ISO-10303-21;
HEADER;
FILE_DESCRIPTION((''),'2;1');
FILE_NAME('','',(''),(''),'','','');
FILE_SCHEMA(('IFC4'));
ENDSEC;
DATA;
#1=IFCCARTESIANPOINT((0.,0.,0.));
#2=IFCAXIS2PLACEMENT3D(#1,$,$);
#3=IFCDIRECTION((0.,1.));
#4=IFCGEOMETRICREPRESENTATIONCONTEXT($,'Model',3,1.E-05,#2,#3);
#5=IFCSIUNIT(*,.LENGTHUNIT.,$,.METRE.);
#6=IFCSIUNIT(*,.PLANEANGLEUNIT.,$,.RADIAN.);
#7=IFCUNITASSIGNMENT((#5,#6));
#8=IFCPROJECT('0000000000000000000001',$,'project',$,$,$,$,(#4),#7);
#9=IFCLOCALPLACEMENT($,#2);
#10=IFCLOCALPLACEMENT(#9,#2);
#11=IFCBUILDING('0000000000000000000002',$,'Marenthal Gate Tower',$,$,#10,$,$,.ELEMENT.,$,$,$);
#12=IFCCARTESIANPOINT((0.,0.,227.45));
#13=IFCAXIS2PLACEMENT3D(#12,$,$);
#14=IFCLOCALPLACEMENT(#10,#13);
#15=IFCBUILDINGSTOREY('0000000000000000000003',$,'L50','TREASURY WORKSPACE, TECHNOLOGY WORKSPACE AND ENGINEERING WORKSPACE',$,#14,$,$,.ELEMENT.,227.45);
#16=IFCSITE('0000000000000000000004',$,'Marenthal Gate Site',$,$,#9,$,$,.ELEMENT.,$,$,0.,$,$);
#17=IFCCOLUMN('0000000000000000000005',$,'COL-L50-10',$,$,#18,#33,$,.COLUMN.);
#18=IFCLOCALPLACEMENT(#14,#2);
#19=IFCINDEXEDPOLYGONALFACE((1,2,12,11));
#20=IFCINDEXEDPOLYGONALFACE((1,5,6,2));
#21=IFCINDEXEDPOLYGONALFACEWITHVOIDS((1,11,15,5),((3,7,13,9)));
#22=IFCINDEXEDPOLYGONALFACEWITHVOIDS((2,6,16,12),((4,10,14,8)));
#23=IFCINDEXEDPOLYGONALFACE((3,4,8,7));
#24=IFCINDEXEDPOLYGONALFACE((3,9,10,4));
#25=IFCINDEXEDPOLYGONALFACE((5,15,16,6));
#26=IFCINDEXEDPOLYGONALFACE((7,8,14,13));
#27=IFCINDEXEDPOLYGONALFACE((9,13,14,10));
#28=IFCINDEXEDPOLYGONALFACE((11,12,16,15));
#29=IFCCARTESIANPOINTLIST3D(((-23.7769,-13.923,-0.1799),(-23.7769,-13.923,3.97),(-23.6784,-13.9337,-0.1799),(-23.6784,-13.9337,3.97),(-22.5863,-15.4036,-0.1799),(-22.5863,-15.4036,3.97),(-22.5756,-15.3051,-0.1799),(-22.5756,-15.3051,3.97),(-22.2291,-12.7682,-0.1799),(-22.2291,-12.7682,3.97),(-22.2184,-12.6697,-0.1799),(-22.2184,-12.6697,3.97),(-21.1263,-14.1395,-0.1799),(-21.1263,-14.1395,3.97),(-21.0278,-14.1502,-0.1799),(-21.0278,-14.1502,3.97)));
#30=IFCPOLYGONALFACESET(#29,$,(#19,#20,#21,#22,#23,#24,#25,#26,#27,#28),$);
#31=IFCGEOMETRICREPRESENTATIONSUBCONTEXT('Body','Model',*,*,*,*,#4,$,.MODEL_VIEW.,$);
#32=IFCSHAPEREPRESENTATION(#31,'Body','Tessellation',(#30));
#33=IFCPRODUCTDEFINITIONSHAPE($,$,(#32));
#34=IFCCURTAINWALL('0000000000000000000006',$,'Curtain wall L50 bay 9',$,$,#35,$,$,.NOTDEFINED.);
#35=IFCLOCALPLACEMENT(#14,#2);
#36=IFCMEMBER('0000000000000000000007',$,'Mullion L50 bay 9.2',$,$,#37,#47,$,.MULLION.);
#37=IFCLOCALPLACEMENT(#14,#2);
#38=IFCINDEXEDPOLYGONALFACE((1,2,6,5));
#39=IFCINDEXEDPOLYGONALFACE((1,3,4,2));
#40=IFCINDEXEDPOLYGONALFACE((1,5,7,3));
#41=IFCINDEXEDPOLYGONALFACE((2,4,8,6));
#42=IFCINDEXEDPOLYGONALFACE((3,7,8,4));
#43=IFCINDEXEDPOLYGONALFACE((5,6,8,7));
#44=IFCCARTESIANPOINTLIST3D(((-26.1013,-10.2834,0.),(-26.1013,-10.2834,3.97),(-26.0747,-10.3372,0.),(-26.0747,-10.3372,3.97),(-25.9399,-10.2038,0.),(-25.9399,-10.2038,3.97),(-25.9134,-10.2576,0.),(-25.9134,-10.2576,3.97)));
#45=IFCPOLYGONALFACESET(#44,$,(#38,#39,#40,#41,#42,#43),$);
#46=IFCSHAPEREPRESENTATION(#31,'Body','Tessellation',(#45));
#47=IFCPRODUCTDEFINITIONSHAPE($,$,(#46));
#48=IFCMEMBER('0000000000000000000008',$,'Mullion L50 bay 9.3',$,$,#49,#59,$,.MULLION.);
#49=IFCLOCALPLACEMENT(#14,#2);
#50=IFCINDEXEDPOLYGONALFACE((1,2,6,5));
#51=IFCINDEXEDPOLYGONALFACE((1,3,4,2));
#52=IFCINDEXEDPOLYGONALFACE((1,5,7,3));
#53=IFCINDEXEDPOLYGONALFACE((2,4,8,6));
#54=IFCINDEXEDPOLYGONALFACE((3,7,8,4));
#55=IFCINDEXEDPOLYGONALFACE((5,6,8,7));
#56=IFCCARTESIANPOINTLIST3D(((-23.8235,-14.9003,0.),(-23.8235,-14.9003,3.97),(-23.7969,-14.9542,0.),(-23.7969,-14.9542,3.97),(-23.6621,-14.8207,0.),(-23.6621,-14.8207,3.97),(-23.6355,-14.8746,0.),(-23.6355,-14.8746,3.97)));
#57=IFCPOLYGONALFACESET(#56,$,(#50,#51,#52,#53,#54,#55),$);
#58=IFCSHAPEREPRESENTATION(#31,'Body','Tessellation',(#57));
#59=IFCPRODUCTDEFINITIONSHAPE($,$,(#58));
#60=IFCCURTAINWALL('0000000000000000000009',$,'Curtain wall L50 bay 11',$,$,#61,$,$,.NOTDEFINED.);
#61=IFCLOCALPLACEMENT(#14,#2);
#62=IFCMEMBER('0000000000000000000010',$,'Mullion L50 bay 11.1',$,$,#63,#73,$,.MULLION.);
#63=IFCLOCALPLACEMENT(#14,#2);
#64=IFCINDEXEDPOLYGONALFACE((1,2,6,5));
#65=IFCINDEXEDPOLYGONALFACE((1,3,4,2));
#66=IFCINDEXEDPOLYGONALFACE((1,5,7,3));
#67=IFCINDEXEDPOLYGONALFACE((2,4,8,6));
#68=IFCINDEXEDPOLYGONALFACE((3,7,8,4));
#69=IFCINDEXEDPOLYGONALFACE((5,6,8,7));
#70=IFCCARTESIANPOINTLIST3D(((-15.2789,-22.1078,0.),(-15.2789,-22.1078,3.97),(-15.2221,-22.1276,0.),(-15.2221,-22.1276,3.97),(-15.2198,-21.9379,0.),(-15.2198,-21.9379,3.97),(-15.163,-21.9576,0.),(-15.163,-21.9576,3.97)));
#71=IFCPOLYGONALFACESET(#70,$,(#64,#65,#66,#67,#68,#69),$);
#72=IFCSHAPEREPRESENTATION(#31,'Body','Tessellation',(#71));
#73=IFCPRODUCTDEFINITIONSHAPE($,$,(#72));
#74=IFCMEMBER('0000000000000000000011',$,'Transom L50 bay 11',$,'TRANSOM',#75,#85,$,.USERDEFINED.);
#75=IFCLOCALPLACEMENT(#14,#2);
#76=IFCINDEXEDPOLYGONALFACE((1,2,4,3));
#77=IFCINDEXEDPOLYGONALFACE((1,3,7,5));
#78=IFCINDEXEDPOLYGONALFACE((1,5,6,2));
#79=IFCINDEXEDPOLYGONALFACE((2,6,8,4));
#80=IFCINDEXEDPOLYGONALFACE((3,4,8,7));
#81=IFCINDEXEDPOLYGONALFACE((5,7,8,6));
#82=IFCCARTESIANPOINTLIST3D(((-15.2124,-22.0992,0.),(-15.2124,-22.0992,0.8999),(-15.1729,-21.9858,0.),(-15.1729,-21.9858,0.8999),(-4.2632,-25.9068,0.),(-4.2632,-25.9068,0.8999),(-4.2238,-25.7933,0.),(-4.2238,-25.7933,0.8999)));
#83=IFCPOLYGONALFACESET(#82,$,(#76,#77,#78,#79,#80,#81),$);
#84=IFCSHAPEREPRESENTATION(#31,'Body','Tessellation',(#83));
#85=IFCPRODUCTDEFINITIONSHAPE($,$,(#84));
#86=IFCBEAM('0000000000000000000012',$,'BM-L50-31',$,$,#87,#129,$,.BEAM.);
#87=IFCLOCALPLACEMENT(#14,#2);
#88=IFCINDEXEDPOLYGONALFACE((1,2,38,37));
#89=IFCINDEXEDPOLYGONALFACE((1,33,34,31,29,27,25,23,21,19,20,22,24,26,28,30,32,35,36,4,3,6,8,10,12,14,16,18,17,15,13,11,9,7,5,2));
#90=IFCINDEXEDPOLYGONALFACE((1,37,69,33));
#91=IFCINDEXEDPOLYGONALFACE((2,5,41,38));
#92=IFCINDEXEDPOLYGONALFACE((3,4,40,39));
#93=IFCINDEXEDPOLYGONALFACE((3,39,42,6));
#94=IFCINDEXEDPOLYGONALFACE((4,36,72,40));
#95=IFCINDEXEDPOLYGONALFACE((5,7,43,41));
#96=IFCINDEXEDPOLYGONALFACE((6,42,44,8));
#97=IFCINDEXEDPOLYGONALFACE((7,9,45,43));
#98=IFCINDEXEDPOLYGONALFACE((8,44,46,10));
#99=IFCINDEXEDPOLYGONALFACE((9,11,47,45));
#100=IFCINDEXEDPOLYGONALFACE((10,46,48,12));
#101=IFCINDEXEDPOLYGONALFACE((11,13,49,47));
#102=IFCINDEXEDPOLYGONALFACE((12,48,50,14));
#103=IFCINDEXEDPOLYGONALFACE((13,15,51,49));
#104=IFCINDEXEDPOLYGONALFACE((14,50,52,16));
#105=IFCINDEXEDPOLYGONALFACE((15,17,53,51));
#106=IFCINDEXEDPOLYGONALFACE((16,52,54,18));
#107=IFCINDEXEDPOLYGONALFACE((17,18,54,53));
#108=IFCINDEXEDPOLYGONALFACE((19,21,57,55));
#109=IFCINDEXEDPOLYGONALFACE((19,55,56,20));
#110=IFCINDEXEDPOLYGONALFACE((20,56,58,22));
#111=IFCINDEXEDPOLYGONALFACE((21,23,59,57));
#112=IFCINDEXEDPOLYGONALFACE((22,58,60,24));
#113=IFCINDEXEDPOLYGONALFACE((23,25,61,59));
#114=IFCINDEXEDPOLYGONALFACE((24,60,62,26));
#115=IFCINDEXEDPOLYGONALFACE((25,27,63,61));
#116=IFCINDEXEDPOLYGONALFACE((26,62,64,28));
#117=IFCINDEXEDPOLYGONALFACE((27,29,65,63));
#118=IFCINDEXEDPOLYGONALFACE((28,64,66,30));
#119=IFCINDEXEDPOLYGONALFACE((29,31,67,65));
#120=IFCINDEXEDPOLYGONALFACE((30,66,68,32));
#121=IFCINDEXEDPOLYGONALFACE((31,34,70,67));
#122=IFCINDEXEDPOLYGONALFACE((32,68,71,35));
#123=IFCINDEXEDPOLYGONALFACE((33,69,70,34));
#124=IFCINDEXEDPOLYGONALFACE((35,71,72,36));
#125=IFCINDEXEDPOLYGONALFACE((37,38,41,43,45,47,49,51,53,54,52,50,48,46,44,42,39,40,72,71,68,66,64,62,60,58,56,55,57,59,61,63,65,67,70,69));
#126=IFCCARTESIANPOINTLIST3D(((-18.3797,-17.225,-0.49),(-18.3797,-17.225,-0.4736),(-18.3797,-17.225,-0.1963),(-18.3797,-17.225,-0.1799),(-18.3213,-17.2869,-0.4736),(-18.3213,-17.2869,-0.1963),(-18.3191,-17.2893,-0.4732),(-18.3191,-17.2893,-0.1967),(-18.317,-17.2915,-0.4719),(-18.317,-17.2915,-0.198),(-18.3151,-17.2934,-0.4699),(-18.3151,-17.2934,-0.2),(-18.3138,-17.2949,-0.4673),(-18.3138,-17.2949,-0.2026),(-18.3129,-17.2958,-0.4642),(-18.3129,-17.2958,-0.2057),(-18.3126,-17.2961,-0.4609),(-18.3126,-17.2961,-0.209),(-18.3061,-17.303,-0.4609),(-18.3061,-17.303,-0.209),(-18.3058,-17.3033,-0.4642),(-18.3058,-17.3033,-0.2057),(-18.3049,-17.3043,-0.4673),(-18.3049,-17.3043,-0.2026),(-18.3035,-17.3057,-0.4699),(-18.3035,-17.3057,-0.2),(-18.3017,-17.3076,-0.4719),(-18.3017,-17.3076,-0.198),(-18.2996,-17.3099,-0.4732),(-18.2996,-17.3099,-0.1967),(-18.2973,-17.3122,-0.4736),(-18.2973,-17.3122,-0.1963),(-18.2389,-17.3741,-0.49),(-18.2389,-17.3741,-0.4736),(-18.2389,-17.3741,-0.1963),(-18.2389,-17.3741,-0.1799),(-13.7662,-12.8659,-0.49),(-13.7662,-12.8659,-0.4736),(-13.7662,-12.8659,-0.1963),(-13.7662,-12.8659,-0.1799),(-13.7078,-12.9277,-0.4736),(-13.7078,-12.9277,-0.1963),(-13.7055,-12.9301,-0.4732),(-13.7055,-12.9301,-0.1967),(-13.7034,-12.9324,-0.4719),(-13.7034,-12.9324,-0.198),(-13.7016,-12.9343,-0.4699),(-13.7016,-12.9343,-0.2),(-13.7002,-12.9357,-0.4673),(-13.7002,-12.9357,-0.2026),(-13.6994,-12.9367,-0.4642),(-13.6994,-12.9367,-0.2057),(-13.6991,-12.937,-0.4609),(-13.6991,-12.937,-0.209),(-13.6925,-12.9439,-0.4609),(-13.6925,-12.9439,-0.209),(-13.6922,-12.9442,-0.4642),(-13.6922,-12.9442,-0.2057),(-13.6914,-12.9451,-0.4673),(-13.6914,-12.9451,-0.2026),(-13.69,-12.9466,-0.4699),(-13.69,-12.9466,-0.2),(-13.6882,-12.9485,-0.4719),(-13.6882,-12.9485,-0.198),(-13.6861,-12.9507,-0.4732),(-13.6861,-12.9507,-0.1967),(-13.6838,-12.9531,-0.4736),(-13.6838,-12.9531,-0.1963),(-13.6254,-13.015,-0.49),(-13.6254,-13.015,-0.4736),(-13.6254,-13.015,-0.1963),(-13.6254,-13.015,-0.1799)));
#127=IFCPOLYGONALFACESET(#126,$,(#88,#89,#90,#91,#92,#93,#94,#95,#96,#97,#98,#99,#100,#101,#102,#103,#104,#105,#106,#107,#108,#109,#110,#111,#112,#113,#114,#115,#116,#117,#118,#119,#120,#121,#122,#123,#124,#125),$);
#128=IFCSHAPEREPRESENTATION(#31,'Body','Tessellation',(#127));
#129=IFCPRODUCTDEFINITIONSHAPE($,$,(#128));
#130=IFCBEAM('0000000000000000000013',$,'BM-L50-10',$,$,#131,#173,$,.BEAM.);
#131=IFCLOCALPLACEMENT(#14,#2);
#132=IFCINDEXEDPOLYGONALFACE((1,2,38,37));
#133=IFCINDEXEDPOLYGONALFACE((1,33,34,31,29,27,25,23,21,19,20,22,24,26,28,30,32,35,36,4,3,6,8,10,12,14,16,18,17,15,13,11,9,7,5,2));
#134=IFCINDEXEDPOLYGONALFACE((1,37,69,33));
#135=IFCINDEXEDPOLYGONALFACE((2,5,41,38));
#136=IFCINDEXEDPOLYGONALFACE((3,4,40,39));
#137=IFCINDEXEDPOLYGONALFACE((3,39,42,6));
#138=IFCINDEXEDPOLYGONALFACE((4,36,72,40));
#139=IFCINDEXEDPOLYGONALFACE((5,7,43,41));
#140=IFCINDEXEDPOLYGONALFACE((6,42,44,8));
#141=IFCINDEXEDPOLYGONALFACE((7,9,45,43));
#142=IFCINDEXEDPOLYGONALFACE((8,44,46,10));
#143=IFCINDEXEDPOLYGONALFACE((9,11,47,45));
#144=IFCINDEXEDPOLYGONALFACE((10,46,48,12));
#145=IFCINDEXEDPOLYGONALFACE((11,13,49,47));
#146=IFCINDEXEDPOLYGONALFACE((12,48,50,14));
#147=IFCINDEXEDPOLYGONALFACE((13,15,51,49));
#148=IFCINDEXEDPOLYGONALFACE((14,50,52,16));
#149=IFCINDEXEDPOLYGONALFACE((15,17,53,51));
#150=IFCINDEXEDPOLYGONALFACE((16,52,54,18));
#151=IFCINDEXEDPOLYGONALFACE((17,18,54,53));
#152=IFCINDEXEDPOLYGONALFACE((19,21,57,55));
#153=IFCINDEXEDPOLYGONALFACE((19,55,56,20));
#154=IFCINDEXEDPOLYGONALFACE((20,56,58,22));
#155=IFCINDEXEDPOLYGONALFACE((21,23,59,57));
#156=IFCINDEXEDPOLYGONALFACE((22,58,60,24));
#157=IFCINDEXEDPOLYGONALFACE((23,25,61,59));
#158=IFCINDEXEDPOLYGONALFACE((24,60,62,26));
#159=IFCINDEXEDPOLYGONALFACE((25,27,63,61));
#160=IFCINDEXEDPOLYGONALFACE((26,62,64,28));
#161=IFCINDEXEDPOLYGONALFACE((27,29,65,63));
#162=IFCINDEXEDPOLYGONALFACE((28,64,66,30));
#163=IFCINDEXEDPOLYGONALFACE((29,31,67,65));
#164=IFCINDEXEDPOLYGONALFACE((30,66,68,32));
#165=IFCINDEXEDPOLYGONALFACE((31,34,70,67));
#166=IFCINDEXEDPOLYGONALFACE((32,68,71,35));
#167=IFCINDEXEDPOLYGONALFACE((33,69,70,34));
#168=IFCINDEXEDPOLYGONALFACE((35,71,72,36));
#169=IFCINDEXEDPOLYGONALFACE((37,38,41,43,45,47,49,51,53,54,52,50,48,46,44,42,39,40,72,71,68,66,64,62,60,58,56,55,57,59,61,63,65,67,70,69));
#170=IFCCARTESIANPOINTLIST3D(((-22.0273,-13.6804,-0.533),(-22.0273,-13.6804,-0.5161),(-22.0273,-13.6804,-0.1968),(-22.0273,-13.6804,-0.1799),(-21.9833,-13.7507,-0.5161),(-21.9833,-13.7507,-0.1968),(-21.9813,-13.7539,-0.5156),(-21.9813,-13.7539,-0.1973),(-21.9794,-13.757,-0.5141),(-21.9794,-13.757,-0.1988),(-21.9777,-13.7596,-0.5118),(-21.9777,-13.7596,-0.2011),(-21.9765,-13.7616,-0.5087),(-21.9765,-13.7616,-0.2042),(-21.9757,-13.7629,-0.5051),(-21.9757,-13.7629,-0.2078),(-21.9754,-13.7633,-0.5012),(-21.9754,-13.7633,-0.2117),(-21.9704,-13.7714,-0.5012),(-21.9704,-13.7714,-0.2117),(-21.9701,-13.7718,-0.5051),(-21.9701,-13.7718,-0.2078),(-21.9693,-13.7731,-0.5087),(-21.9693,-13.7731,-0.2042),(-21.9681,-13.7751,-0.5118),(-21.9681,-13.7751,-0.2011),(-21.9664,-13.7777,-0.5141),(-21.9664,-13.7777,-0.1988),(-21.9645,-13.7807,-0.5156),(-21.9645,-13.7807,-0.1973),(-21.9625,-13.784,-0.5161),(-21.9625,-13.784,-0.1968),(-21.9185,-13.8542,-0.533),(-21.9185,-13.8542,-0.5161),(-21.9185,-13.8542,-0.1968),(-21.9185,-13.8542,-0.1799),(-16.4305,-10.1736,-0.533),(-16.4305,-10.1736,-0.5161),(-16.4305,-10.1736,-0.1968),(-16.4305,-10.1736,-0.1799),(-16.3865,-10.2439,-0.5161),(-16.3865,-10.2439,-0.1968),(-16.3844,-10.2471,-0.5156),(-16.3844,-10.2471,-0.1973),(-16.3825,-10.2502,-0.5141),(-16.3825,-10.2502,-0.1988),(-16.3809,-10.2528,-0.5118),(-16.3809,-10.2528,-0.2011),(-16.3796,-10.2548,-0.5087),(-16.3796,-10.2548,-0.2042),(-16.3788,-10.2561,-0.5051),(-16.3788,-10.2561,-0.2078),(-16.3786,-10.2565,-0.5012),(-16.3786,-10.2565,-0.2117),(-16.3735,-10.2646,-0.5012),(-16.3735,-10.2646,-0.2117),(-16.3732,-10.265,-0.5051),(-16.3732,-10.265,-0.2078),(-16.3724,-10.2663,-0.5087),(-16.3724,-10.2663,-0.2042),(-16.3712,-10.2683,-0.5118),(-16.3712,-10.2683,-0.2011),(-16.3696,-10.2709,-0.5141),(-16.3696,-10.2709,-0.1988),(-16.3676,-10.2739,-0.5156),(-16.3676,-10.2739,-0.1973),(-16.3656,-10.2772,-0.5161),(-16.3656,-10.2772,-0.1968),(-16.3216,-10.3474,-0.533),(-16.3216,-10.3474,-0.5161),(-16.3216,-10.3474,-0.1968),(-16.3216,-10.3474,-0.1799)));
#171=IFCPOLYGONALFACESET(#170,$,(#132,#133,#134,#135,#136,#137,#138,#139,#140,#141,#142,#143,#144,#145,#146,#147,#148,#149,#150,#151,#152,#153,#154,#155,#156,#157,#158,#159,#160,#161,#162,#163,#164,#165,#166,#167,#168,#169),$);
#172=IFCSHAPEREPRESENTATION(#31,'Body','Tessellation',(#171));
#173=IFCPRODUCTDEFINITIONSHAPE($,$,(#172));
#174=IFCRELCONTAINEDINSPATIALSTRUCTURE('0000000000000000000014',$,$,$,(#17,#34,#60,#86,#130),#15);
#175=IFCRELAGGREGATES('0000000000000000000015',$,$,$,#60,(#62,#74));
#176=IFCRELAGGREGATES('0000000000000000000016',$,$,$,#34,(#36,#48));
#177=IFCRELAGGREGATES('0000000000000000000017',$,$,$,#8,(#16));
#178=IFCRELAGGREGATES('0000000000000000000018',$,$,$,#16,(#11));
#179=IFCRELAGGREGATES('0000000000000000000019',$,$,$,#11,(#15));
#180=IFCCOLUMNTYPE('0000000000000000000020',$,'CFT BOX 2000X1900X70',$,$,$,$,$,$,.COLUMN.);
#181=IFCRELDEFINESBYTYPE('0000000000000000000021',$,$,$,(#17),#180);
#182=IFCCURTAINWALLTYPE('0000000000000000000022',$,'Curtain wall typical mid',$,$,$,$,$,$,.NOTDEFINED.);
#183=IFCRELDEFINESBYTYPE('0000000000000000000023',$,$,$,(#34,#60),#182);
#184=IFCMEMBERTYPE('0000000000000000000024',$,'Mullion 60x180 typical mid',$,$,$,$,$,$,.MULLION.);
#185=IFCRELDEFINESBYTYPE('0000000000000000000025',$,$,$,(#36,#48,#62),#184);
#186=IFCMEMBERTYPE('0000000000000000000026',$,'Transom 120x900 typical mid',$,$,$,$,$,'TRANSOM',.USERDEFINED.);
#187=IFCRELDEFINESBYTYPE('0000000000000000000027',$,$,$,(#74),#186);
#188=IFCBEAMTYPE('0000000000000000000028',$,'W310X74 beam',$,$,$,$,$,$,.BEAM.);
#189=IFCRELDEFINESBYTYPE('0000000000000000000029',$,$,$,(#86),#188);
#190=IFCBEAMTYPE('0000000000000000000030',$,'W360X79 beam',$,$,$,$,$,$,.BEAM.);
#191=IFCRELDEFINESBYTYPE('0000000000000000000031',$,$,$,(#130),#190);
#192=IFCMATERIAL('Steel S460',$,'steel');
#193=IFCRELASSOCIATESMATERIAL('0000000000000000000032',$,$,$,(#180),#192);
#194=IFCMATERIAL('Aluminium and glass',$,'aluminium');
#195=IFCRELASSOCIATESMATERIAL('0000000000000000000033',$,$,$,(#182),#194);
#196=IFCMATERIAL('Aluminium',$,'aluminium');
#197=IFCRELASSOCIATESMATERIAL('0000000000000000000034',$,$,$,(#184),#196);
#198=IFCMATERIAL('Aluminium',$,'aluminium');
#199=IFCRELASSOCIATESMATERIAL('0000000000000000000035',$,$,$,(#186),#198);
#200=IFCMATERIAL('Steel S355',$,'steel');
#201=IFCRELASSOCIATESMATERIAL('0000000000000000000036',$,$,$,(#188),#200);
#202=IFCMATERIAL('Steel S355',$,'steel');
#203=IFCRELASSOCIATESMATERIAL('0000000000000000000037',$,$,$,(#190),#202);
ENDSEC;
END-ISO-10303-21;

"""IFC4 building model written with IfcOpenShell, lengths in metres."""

from ifc_helpers import new_model, si_unit, direction, frame, origin, origin_2d, place, context, subcontext, project, spatial, rectangle, hollow_rectangle, i_section, extrude, material, material_profile, profile_set, type_object, element, aggregate, save


model = new_model("IFC4")

# Units and contexts
model_context = context("Model", 3, precision=1e-05, world=origin(), true_north=direction((0.0, 1.0)))
body_context = subcontext(model_context, "Body", "Model", "MODEL_VIEW")
ifc_project = project(units=[si_unit("LENGTHUNIT", "METRE"), si_unit("PLANEANGLEUNIT", "RADIAN")], contexts=[model_context])

# Site, building, storey
site_placement = place(None, origin())
site = spatial("IfcSite", under=ifc_project, at=site_placement, Name="Marenthal Gate Site", CompositionType="ELEMENT", RefElevation=0.0)
building_placement = place(site_placement, origin())
building = spatial("IfcBuilding", under=site, at=building_placement, Name="Marenthal Gate Tower", CompositionType="ELEMENT")
storey_placement = place(building_placement, frame((0.0, 0.0, 227.45)))
storey = spatial("IfcBuildingStorey", under=building, at=storey_placement, Name="L50", Description="TREASURY WORKSPACE, TECHNOLOGY WORKSPACE AND ENGINEERING WORKSPACE", CompositionType="ELEMENT", Elevation=227.45)

# Column
ifc_material_1 = material(Name="Steel S460", Category="steel")
ifc_material_profile_1 = material_profile(ifc_material_1, hollow_rectangle(XDim=1.8999, YDim=2.0, WallThickness=0.0701, at=origin_2d()), Name="CFT BOX 2000X1900X70")
ifc_material_2 = material(Name="Concrete 70 MPa", Category="concrete")
ifc_material_profile_2 = material_profile(ifc_material_2, rectangle(XDim=1.76, YDim=1.8601, at=origin_2d()), Name="CFT BOX 2000X1900X70 INFILL")
ifc_profile_set_1 = profile_set([ifc_material_profile_1, ifc_material_profile_2], Name="Steel S460 shell, Concrete 70 MPa infill")
column_type = type_object("IfcColumnType", Name="CFT BOX 2000X1900X70", PredefinedType="COLUMN", material=ifc_profile_set_1)
column_placement = place(storey_placement, frame((-22.4023, -14.0366, -0.1799), z_axis=(0.0, 0.0, 1.0), x_axis=(-0.626684, 0.779273, 0.0)))
element("IfcColumn", 1, at=column_placement, inside=storey, type_object=column_type, Name="COL-L50-10", PredefinedType="COLUMN", context=body_context, shape_type="SweptSolid", body=[
    extrude(hollow_rectangle(XDim=1.8999, YDim=2.0, WallThickness=0.0701, at=origin_2d()), origin(), (0.0, 0.0, 1.0), 4.1499),
])

# Curtain walls, members
ifc_material_3 = material(Name="Aluminium and glass", Category="aluminium")
curtain_wall_type = type_object("IfcCurtainWallType", Name="Curtain wall typical mid", PredefinedType="NOTDEFINED", material=ifc_material_3)
curtain_wall_1_placement = place(storey_placement, origin())
curtain_wall_1 = element("IfcCurtainWall", 2, at=curtain_wall_1_placement, inside=storey, type_object=curtain_wall_type, Name="Curtain wall L50 bay 9", PredefinedType="NOTDEFINED")
ifc_material_4 = material(Name="Aluminium", Category="aluminium")
ifc_material_profile_3 = material_profile(ifc_material_4, rectangle(XDim=0.1799, YDim=0.0601, at=origin_2d()), Name="60x180 aluminium mullion")
ifc_profile_set_2 = profile_set([ifc_material_profile_3], Name="Aluminium")
member_type_1 = type_object("IfcMemberType", Name="Mullion 60x180 typical mid", PredefinedType="MULLION", material=ifc_profile_set_2)
member_1_placement = place(storey_placement, frame((-26.0073, -10.2705, 0.0), z_axis=(0.0, 0.0, 1.0), x_axis=(0.896798, 0.442441, 0.0)))
member_1 = element("IfcMember", 3, at=member_1_placement, type_object=member_type_1, Name="Mullion L50 bay 9.2", PredefinedType="MULLION", context=body_context, shape_type="SweptSolid", body=[
    extrude(rectangle(XDim=0.1799, YDim=0.0601, at=origin_2d()), origin(), (0.0, 0.0, 1.0), 3.97),
])
member_2_placement = place(storey_placement, frame((-23.7295, -14.8875, 0.0), z_axis=(0.0, 0.0, 1.0), x_axis=(0.896798, 0.442441, 0.0)))
member_2 = element("IfcMember", 4, at=member_2_placement, type_object=member_type_1, Name="Mullion L50 bay 9.3", PredefinedType="MULLION", context=body_context, shape_type="SweptSolid", body=[
    extrude(rectangle(XDim=0.1799, YDim=0.0601, at=origin_2d()), origin(), (0.0, 0.0, 1.0), 3.97),
])
curtain_wall_2_placement = place(storey_placement, origin())
curtain_wall_2 = element("IfcCurtainWall", 5, at=curtain_wall_2_placement, inside=storey, type_object=curtain_wall_type, Name="Curtain wall L50 bay 11", PredefinedType="NOTDEFINED")
member_3_placement = place(storey_placement, frame((-15.2209, -22.0327, 0.0), z_axis=(0.0, 0.0, 1.0), x_axis=(0.328468, 0.944515, 0.0)))
member_3 = element("IfcMember", 6, at=member_3_placement, type_object=member_type_1, Name="Mullion L50 bay 11.1", PredefinedType="MULLION", context=body_context, shape_type="SweptSolid", body=[
    extrude(rectangle(XDim=0.1799, YDim=0.0601, at=origin_2d()), origin(), (0.0, 0.0, 1.0), 3.97),
])
ifc_material_5 = material(Name="Aluminium", Category="aluminium")
ifc_material_profile_4 = material_profile(ifc_material_5, rectangle(XDim=0.1201, YDim=0.8999, at=origin_2d()), Name="120x900 aluminium transom")
ifc_profile_set_3 = profile_set([ifc_material_profile_4], Name="Aluminium")
member_type_2 = type_object("IfcMemberType", Name="Transom 120x900 typical mid", ElementType="TRANSOM", PredefinedType="USERDEFINED", material=ifc_profile_set_3)
member_4_placement = place(storey_placement, frame((-15.1926, -22.0425, 0.45), z_axis=(0.944518, -0.328459, 0.0), x_axis=(0.328459, 0.944518, 0.0)))
member_4 = element("IfcMember", 7, at=member_4_placement, type_object=member_type_2, Name="Transom L50 bay 11", ObjectType="TRANSOM", PredefinedType="USERDEFINED", context=body_context, shape_type="SweptSolid", body=[
    extrude(rectangle(XDim=0.1201, YDim=0.8999, at=origin_2d()), origin(), (0.0, 0.0, 1.0), 11.5923),
])
aggregate(curtain_wall_2, [member_3, member_4])

# Beams
ifc_material_6 = material(Name="Steel S355", Category="steel")
ifc_material_profile_5 = material_profile(ifc_material_6, i_section(OverallWidth=0.2051, OverallDepth=0.3101, WebThickness=0.0095, FlangeThickness=0.0164, FilletRadius=0.0127, at=origin_2d()), Name="W310X74")
ifc_profile_set_4 = profile_set([ifc_material_profile_5], Name="Steel S355")
beam_type_1 = type_object("IfcBeamType", Name="W310X74 beam", PredefinedType="BEAM", material=ifc_profile_set_4)
beam_1_placement = place(storey_placement, frame((-18.3093, -17.2996, -0.335), z_axis=(0.726863, 0.686783, 0.0), x_axis=(-0.686783, 0.726863, 0.0)))
element("IfcBeam", 8, at=beam_1_placement, inside=storey, type_object=beam_type_1, Name="BM-L50-31", PredefinedType="BEAM", context=body_context, shape_type="SweptSolid", body=[
    extrude(i_section(OverallWidth=0.2051, OverallDepth=0.3101, WebThickness=0.0095, FlangeThickness=0.0164, FilletRadius=0.0127, at=origin_2d()), origin(), (0.0, 0.0, 1.0), 6.3472),
])
ifc_material_7 = material(Name="Steel S355", Category="steel")
ifc_material_profile_6 = material_profile(ifc_material_7, i_section(OverallWidth=0.2051, OverallDepth=0.353, WebThickness=0.0095, FlangeThickness=0.0168, FilletRadius=0.0149, at=origin_2d()), Name="W360X79")
ifc_profile_set_5 = profile_set([ifc_material_profile_6], Name="Steel S355")
beam_type_2 = type_object("IfcBeamType", Name="W360X79 beam", PredefinedType="BEAM", material=ifc_profile_set_5)
beam_2_placement = place(storey_placement, frame((-21.9729, -13.7673, -0.3564), z_axis=(0.847402, 0.530952, 0.0), x_axis=(-0.530952, 0.847402, 0.0)))
element("IfcBeam", 9, at=beam_2_placement, inside=storey, type_object=beam_type_2, Name="BM-L50-10", PredefinedType="BEAM", context=body_context, shape_type="SweptSolid", body=[
    extrude(i_section(OverallWidth=0.2051, OverallDepth=0.353, WebThickness=0.0095, FlangeThickness=0.0168, FilletRadius=0.0149, at=origin_2d()), origin(), (0.0, 0.0, 1.0), 6.6047),
])

aggregate(curtain_wall_1, [member_1, member_2])

save(model, "model.ifc")
